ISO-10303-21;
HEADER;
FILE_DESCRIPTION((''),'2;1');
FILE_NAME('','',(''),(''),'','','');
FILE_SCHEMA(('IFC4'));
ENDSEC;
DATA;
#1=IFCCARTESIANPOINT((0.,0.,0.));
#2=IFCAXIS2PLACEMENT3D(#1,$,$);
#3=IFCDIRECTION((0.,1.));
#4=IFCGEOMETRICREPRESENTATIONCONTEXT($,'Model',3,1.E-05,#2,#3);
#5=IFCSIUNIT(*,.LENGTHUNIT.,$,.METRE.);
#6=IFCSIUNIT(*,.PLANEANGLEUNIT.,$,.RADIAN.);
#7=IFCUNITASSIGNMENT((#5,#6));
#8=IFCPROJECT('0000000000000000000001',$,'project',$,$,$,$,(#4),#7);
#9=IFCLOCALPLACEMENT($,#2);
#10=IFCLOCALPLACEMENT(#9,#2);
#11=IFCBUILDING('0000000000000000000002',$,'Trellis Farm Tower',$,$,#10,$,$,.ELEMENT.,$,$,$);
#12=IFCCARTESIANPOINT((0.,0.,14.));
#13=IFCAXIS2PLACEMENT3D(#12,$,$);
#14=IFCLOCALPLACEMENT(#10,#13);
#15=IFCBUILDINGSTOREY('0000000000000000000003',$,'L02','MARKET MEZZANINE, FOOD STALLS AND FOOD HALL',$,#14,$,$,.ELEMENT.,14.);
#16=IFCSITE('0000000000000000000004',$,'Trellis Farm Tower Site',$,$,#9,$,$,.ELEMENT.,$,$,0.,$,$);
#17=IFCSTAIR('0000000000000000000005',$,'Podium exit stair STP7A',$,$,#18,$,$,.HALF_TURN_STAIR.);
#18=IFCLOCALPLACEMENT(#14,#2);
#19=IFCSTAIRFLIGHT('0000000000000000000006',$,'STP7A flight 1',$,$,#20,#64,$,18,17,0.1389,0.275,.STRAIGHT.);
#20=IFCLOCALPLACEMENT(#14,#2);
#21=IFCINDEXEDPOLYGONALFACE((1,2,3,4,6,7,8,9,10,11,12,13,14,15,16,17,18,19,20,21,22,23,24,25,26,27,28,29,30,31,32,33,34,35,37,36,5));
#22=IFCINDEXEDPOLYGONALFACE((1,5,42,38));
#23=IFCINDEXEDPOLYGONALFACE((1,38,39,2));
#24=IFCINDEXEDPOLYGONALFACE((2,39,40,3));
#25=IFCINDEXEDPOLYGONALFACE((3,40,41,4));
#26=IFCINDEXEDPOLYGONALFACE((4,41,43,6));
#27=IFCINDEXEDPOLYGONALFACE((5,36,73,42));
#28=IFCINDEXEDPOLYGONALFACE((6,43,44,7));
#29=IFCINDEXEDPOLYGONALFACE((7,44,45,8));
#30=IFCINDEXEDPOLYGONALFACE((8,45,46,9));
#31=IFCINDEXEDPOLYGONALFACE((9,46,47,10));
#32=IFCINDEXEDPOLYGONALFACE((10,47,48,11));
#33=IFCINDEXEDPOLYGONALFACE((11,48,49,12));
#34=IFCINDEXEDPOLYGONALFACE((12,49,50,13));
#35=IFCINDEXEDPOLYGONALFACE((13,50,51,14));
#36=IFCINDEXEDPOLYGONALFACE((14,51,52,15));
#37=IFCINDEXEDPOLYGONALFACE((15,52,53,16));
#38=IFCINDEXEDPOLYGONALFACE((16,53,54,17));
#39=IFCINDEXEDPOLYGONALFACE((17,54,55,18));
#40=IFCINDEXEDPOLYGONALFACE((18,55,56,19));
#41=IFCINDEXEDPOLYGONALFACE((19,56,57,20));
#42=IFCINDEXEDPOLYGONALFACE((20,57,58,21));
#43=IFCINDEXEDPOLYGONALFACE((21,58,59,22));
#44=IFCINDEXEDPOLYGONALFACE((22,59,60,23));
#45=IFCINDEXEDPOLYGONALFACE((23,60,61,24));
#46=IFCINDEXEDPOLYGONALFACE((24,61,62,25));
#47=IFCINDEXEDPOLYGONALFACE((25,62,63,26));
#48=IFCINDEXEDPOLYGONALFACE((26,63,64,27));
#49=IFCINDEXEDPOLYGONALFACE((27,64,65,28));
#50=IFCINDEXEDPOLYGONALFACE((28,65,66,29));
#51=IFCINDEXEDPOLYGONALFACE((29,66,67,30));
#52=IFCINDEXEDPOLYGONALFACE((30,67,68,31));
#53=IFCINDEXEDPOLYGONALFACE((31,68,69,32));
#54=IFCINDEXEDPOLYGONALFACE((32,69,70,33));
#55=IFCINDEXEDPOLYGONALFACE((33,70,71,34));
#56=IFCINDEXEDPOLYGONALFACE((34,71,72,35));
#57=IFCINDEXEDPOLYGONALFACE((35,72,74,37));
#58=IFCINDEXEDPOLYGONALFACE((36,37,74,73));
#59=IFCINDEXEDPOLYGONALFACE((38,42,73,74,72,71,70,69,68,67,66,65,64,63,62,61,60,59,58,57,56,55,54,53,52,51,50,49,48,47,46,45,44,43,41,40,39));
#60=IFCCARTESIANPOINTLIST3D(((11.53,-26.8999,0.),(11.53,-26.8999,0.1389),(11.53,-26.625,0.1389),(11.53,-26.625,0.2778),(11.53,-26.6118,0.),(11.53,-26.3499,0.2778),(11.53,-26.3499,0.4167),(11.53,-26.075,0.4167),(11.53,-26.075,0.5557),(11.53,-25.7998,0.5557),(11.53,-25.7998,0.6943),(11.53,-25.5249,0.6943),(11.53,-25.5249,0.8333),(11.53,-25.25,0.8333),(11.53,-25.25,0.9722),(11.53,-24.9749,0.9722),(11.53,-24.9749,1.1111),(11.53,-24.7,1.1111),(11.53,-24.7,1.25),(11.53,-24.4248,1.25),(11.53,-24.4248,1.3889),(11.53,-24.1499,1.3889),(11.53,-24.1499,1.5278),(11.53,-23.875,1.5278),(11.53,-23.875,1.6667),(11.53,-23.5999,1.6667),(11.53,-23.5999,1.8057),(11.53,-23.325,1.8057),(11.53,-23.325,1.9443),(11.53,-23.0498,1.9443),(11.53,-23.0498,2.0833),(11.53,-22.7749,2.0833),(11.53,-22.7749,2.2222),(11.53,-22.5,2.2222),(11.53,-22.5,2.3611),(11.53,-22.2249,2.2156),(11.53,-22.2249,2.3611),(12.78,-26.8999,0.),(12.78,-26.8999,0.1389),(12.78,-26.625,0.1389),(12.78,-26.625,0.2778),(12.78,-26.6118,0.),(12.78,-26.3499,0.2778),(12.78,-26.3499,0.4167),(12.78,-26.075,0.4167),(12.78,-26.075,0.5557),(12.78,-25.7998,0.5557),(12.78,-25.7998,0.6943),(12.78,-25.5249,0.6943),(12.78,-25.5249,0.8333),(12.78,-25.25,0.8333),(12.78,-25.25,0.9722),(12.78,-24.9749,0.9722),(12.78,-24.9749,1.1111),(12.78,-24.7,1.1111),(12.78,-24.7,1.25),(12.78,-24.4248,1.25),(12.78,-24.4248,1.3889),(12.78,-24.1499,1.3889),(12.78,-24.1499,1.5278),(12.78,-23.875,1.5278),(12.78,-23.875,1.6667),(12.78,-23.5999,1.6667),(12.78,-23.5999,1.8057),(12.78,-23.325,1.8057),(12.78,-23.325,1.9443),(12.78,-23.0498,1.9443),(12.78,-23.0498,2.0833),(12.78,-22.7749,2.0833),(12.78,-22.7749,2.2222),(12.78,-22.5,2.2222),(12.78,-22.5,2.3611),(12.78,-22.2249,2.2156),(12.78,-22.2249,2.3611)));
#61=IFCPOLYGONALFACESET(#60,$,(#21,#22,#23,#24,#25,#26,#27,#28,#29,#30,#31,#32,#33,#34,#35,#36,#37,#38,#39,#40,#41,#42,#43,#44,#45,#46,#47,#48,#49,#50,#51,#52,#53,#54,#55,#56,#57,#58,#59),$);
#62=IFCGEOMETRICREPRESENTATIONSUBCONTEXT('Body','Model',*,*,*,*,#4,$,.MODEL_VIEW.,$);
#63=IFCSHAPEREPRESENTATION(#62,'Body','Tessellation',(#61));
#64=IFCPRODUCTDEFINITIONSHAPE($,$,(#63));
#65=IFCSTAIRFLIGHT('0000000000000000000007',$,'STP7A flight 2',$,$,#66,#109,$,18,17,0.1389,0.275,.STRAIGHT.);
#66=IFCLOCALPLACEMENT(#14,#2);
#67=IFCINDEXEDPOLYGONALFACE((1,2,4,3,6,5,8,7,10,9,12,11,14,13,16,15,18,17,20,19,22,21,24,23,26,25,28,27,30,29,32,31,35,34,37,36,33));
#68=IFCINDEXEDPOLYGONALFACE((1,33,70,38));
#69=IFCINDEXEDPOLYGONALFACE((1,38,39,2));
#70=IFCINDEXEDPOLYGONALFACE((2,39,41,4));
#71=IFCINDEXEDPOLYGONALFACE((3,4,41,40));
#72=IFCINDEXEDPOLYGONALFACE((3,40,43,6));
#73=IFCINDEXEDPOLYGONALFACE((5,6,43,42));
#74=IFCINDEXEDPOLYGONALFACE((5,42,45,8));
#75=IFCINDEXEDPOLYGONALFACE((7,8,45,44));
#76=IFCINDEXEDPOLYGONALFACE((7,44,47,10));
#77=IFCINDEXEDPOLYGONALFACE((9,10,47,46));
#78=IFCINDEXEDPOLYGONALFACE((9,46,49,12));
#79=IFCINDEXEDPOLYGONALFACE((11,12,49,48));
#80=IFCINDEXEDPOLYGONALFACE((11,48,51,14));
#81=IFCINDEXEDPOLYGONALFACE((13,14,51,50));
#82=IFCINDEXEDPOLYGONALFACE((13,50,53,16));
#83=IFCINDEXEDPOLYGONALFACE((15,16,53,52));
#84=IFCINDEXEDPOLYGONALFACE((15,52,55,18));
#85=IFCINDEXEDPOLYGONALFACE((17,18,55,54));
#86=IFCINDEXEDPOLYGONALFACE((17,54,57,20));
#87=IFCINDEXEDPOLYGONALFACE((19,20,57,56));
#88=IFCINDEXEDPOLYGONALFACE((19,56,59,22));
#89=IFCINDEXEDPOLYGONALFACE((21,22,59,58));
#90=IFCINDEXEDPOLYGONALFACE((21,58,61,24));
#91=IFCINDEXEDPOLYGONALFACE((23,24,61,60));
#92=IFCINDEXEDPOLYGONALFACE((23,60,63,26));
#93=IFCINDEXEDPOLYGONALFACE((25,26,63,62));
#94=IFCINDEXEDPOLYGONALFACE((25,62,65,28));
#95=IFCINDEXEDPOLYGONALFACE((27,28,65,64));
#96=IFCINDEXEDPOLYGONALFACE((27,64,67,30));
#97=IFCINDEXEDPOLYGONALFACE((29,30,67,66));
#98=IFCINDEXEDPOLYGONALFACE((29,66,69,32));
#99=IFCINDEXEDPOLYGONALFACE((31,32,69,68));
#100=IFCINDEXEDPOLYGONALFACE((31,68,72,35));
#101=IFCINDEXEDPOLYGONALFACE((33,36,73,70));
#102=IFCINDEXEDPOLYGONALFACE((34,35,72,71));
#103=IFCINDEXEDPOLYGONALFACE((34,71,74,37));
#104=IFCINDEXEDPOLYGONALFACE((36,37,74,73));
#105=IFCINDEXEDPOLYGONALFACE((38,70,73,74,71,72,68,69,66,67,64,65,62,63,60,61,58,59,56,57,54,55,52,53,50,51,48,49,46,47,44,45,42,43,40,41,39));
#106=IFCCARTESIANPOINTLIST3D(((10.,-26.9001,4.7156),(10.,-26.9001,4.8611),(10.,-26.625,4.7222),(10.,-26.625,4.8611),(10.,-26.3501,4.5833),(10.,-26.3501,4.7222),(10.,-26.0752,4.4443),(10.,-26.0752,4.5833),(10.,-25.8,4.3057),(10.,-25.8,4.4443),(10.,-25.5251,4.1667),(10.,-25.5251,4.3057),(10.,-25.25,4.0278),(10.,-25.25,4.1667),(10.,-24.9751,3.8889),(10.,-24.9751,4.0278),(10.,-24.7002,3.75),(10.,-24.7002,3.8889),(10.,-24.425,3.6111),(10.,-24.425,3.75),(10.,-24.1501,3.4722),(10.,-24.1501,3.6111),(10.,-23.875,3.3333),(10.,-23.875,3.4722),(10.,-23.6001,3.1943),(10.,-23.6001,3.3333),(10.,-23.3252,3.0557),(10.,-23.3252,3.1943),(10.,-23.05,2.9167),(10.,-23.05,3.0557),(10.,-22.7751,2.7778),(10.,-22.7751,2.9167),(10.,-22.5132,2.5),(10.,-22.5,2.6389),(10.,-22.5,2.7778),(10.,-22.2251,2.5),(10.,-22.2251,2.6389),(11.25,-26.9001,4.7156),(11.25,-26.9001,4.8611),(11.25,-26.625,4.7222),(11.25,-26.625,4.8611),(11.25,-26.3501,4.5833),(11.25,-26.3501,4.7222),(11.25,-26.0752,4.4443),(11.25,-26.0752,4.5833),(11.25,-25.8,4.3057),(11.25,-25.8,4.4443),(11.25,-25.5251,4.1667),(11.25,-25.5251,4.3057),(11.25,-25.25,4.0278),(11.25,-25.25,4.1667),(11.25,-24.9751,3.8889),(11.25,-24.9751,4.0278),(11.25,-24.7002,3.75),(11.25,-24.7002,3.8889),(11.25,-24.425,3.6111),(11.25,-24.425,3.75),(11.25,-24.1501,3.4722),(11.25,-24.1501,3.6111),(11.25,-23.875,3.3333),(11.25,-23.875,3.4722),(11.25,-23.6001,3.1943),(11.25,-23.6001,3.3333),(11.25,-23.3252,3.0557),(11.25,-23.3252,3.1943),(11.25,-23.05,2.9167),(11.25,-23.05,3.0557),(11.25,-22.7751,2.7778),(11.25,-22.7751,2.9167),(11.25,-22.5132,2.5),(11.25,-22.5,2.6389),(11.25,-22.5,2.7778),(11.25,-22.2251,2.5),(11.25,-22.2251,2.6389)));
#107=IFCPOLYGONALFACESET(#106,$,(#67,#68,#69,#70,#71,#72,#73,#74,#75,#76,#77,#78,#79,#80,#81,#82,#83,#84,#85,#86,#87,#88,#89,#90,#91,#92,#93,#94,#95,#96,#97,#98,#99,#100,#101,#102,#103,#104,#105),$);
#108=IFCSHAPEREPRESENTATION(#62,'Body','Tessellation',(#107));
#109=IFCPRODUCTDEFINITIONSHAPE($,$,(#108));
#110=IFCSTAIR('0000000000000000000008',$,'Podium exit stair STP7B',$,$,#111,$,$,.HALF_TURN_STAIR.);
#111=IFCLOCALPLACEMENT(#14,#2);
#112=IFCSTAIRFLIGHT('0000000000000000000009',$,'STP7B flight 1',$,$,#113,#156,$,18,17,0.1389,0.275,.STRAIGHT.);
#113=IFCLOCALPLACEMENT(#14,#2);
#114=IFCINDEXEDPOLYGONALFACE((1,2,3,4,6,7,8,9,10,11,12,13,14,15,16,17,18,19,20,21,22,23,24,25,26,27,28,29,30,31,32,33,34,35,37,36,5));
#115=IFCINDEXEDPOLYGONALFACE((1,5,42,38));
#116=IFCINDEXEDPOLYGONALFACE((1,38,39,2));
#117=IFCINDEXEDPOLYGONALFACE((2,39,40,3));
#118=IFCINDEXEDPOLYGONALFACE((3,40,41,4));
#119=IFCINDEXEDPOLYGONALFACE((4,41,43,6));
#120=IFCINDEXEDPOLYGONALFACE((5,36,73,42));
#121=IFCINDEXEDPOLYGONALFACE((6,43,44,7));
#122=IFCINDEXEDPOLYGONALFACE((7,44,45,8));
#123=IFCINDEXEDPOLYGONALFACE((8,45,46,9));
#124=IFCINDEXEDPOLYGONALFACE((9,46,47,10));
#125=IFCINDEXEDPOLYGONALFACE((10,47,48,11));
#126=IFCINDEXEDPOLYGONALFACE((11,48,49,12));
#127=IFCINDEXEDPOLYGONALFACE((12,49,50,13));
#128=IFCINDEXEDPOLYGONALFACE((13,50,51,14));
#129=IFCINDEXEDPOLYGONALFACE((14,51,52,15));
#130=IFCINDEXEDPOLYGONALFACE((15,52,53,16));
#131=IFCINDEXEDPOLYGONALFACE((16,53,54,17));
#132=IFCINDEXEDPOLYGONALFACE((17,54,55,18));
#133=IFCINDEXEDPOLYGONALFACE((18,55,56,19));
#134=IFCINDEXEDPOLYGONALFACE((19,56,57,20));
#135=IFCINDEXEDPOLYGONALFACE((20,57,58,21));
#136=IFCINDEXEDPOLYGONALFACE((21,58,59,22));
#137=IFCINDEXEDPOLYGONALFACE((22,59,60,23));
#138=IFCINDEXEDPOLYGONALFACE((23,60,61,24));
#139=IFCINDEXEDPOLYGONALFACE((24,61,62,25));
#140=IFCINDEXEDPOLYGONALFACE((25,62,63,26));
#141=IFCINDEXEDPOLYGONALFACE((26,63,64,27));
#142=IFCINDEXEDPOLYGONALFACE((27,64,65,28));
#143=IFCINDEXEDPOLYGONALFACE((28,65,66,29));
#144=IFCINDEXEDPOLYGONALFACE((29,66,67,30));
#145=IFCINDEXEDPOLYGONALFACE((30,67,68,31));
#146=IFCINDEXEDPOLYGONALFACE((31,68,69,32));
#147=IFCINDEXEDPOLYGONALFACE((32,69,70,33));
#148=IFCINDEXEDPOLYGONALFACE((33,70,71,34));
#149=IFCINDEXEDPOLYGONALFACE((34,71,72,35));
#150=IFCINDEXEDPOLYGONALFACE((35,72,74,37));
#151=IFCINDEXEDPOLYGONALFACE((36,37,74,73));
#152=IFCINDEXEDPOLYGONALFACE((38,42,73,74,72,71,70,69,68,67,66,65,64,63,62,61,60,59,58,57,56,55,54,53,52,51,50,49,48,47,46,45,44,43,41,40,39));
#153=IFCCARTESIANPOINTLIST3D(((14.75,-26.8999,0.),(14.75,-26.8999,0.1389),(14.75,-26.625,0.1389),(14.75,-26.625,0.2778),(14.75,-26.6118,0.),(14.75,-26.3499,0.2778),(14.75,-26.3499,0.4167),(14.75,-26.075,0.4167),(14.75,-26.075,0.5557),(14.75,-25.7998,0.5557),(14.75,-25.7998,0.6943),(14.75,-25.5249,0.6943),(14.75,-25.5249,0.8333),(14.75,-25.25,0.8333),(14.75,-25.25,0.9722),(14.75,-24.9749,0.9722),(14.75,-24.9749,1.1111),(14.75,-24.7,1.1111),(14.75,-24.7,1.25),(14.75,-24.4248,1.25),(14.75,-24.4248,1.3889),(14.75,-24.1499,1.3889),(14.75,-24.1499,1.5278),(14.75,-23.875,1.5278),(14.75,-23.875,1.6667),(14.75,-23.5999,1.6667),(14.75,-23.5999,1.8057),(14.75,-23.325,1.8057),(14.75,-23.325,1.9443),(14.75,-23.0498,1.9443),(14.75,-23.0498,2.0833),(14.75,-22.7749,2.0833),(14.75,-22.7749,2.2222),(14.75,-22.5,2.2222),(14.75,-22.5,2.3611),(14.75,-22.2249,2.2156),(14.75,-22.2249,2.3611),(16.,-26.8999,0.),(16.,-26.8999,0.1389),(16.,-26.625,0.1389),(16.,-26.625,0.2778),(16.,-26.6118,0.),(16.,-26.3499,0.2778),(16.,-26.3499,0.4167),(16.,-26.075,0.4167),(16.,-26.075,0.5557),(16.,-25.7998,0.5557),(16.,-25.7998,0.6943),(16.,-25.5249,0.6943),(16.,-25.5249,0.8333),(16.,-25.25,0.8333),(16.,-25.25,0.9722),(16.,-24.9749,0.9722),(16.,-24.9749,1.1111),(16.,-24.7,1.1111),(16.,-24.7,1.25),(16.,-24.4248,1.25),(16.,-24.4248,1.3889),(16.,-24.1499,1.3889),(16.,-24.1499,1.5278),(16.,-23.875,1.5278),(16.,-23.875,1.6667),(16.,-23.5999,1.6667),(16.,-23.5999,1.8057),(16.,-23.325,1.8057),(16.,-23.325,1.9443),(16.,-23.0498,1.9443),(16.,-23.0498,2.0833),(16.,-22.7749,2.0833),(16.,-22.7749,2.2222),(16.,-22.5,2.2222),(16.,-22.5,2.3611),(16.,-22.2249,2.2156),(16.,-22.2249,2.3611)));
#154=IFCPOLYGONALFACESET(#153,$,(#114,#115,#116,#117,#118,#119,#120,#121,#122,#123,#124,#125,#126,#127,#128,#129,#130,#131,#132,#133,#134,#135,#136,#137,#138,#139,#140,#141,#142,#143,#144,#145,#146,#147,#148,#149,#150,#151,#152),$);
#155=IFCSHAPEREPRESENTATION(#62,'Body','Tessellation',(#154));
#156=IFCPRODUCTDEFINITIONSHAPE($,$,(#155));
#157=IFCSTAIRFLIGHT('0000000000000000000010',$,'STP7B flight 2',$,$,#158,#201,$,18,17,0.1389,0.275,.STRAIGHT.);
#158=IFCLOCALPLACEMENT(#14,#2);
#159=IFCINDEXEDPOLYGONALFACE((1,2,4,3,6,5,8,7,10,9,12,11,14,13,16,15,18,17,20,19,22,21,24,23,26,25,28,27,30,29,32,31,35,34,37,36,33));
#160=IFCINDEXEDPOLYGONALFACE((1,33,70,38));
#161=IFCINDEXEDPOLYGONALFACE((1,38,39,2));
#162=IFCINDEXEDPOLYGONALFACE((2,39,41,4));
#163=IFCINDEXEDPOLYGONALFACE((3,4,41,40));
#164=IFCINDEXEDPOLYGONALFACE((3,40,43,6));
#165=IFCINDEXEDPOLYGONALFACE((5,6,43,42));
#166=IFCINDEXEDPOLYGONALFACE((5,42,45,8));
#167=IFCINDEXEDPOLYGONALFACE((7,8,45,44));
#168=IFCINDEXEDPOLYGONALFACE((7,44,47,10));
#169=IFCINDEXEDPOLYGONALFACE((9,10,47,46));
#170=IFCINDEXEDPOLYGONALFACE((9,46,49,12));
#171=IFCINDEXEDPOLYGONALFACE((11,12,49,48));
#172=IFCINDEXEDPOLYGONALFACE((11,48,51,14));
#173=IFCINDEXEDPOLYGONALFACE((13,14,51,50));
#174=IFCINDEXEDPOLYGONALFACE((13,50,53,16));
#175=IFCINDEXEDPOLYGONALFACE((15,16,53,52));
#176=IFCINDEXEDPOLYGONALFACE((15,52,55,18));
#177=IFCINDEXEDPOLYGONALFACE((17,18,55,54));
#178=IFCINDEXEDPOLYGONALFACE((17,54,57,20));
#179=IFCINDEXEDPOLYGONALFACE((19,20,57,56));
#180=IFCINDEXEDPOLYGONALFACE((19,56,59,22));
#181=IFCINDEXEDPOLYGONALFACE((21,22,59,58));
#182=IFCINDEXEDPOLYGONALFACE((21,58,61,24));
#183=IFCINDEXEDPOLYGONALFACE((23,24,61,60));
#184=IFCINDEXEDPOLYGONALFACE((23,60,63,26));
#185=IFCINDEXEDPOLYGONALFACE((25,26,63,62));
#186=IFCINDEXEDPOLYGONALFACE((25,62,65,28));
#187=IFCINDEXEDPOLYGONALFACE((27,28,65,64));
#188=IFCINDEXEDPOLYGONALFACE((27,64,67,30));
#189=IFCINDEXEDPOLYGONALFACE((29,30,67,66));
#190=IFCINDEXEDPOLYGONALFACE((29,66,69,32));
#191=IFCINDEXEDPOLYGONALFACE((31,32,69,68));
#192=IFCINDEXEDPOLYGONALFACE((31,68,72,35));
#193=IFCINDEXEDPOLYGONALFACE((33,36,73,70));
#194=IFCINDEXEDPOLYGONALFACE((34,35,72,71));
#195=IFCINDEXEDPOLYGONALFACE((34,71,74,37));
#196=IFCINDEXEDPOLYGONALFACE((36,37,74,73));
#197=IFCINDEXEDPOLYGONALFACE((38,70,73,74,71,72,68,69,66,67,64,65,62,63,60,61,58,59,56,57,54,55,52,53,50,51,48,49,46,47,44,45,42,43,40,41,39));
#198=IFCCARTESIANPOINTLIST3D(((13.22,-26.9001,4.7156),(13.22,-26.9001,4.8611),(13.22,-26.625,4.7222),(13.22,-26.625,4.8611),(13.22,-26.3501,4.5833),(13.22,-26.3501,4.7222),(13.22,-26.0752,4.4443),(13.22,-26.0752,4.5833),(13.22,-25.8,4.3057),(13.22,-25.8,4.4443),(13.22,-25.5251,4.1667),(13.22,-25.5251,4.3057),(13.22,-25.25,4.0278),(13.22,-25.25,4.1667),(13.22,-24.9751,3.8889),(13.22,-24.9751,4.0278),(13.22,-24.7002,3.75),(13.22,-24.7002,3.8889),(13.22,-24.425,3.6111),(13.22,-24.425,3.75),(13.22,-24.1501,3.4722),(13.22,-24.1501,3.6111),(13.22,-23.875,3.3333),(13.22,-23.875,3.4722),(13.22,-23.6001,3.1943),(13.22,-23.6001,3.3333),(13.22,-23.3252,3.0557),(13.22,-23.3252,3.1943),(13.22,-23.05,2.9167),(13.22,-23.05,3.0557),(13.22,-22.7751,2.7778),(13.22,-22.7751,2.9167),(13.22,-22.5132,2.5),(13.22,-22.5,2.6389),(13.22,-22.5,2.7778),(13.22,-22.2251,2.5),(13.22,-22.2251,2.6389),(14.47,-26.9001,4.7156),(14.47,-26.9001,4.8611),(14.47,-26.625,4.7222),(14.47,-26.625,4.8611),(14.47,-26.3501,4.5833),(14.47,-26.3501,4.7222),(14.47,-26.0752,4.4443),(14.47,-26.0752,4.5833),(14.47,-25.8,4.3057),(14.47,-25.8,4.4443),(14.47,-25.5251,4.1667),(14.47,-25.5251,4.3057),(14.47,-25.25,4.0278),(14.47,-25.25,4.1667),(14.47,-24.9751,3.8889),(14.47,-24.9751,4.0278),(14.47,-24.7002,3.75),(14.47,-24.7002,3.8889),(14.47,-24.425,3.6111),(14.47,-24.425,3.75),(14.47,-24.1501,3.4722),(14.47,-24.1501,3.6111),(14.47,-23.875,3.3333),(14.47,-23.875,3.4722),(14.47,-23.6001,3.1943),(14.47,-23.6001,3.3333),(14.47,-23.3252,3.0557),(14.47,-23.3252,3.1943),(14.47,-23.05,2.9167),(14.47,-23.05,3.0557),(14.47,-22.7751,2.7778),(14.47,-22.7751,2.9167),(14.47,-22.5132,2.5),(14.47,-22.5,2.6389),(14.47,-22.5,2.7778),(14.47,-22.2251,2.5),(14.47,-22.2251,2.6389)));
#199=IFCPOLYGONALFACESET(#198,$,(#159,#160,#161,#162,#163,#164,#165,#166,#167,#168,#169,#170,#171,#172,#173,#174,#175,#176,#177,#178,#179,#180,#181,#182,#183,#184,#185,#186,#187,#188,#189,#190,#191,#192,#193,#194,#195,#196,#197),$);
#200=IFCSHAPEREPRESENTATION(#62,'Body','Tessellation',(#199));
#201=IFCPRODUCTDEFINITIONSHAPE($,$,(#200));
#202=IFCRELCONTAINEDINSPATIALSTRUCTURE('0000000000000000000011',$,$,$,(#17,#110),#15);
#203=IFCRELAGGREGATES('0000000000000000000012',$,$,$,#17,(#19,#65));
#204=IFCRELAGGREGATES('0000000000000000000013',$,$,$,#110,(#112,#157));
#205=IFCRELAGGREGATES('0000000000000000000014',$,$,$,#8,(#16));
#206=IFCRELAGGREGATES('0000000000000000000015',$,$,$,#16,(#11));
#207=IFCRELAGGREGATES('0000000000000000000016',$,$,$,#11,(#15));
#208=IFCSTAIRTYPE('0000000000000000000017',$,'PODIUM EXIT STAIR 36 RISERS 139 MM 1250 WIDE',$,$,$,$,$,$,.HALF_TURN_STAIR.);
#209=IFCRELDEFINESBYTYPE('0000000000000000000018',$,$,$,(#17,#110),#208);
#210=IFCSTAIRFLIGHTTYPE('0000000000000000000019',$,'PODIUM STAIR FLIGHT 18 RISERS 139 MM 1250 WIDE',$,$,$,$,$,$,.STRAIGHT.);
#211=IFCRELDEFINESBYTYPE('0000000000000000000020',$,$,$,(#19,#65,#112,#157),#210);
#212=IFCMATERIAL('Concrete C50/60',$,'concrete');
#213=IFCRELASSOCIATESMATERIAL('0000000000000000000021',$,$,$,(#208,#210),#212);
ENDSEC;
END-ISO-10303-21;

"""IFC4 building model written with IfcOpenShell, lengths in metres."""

from ifc_helpers import new_model, si_unit, direction, frame, origin, place, context, subcontext, project, spatial, polyline, outline, extrude, source, transform, mapped, material, type_object, element, aggregate, save


model = new_model("IFC4")

# Units and contexts
model_context = context("Model", 3, precision=1e-05, world=origin(), true_north=direction((0.0, 1.0)))
body_context = subcontext(model_context, "Body", "Model", "MODEL_VIEW")
ifc_project = project(units=[si_unit("LENGTHUNIT", "METRE"), si_unit("PLANEANGLEUNIT", "RADIAN")], contexts=[model_context])

# Site, building, storey
site_placement = place(None, origin())
site = spatial("IfcSite", under=ifc_project, at=site_placement, Name="Trellis Farm Tower Site", CompositionType="ELEMENT", RefElevation=0.0)
building_placement = place(site_placement, origin())
building = spatial("IfcBuilding", under=site, at=building_placement, Name="Trellis Farm Tower", CompositionType="ELEMENT")
storey_placement = place(building_placement, frame((0.0, 0.0, 14.0)))
storey = spatial("IfcBuildingStorey", under=building, at=storey_placement, Name="L02", Description="MARKET MEZZANINE, FOOD STALLS AND FOOD HALL", CompositionType="ELEMENT", Elevation=14.0)

# Stairs, stair flights
ifc_material_1 = material(Name="Concrete C50/60", Category="concrete")
stair_type = type_object("IfcStairType", Name="PODIUM EXIT STAIR 36 RISERS 139 MM 1250 WIDE", PredefinedType="HALF_TURN_STAIR", material=ifc_material_1)
placement = place(storey_placement, origin())
stair_1 = element("IfcStair", 1, at=placement, inside=storey, type_object=stair_type, Name="Podium exit stair STP7A", PredefinedType="HALF_TURN_STAIR")
stair_flight_type = type_object("IfcStairFlightType", Name="PODIUM STAIR FLIGHT 18 RISERS 139 MM 1250 WIDE", PredefinedType="STRAIGHT", material=ifc_material_1)
shared_shape_1 = source(origin(), body_context, "Body", "SweptSolid", [
    extrude(outline(polyline([(0.0, 0.0), (0.0, 0.1389), (0.2749, 0.1389), (0.2749, 0.2778), (0.55, 0.2778), (0.55, 0.4167), (0.825, 0.4167), (0.825, 0.5557), (1.1001, 0.5557), (1.1001, 0.6943), (1.375, 0.6943), (1.375, 0.8333), (1.6499, 0.8333), (1.6499, 0.9722), (1.925, 0.9722), (1.925, 1.1111), (2.2, 1.1111), (2.2, 1.25), (2.4751, 1.25), (2.4751, 1.3889), (2.75, 1.3889), (2.75, 1.5278), (3.0249, 1.5278), (3.0249, 1.6667), (3.3, 1.6667), (3.3, 1.8057), (3.575, 1.8057), (3.575, 1.9443), (3.8501, 1.9443), (3.8501, 2.0833), (4.125, 2.0833), (4.125, 2.2222), (4.3999, 2.2222), (4.3999, 2.3611), (4.675, 2.3611), (4.675, 2.5), (4.675, 2.2156), (0.2881, 0.0), (0.0, 0.0)])), frame((0.0, 0.625, 0.0), z_axis=(0.0, -1.0, 0.0), x_axis=(1.0, 0.0, 0.0)), (0.0, 0.0, 1.0), 1.25),
])
stair_flight_1_placement = place(storey_placement, frame((12.155, -26.8999, 0.0), z_axis=(0.0, 0.0, 1.0), x_axis=(0.0, 1.0, 0.0)))
stair_flight_1 = element("IfcStairFlight", 2, at=stair_flight_1_placement, type_object=stair_flight_type, Name="STP7A flight 1", NumberOfRisers=18, NumberOfTreads=17, PredefinedType="STRAIGHT", RiserHeight=0.1389, TreadLength=0.275, context=body_context, shape_type="MappedRepresentation", body=[
    mapped(shared_shape_1, transform((0.0, 0.0, 0.0))),
])
stair_flight_2_placement = place(storey_placement, frame((10.625, -22.2251, 2.5), z_axis=(0.0, 0.0, 1.0), x_axis=(0.0, -1.0, 0.0)))
stair_flight_2 = element("IfcStairFlight", 3, at=stair_flight_2_placement, type_object=stair_flight_type, Name="STP7A flight 2", NumberOfRisers=18, NumberOfTreads=17, PredefinedType="STRAIGHT", RiserHeight=0.1389, TreadLength=0.275, context=body_context, shape_type="MappedRepresentation", body=[
    mapped(shared_shape_1, transform((0.0, 0.0, 0.0))),
])
aggregate(stair_1, [stair_flight_1, stair_flight_2])
stair_2 = element("IfcStair", 4, at=placement, inside=storey, type_object=stair_type, Name="Podium exit stair STP7B", PredefinedType="HALF_TURN_STAIR")
stair_flight_3_placement = place(storey_placement, frame((15.375, -26.8999, 0.0), z_axis=(0.0, 0.0, 1.0), x_axis=(0.0, 1.0, 0.0)))
stair_flight_3 = element("IfcStairFlight", 5, at=stair_flight_3_placement, type_object=stair_flight_type, Name="STP7B flight 1", NumberOfRisers=18, NumberOfTreads=17, PredefinedType="STRAIGHT", RiserHeight=0.1389, TreadLength=0.275, context=body_context, shape_type="MappedRepresentation", body=[
    mapped(shared_shape_1, transform((0.0, 0.0, 0.0))),
])
stair_flight_4_placement = place(storey_placement, frame((13.845, -22.2251, 2.5), z_axis=(0.0, 0.0, 1.0), x_axis=(0.0, -1.0, 0.0)))
stair_flight_4 = element("IfcStairFlight", 6, at=stair_flight_4_placement, type_object=stair_flight_type, Name="STP7B flight 2", NumberOfRisers=18, NumberOfTreads=17, PredefinedType="STRAIGHT", RiserHeight=0.1389, TreadLength=0.275, context=body_context, shape_type="MappedRepresentation", body=[
    mapped(shared_shape_1, transform((0.0, 0.0, 0.0))),
])
aggregate(stair_2, [stair_flight_3, stair_flight_4])

save(model, "model.ifc")
